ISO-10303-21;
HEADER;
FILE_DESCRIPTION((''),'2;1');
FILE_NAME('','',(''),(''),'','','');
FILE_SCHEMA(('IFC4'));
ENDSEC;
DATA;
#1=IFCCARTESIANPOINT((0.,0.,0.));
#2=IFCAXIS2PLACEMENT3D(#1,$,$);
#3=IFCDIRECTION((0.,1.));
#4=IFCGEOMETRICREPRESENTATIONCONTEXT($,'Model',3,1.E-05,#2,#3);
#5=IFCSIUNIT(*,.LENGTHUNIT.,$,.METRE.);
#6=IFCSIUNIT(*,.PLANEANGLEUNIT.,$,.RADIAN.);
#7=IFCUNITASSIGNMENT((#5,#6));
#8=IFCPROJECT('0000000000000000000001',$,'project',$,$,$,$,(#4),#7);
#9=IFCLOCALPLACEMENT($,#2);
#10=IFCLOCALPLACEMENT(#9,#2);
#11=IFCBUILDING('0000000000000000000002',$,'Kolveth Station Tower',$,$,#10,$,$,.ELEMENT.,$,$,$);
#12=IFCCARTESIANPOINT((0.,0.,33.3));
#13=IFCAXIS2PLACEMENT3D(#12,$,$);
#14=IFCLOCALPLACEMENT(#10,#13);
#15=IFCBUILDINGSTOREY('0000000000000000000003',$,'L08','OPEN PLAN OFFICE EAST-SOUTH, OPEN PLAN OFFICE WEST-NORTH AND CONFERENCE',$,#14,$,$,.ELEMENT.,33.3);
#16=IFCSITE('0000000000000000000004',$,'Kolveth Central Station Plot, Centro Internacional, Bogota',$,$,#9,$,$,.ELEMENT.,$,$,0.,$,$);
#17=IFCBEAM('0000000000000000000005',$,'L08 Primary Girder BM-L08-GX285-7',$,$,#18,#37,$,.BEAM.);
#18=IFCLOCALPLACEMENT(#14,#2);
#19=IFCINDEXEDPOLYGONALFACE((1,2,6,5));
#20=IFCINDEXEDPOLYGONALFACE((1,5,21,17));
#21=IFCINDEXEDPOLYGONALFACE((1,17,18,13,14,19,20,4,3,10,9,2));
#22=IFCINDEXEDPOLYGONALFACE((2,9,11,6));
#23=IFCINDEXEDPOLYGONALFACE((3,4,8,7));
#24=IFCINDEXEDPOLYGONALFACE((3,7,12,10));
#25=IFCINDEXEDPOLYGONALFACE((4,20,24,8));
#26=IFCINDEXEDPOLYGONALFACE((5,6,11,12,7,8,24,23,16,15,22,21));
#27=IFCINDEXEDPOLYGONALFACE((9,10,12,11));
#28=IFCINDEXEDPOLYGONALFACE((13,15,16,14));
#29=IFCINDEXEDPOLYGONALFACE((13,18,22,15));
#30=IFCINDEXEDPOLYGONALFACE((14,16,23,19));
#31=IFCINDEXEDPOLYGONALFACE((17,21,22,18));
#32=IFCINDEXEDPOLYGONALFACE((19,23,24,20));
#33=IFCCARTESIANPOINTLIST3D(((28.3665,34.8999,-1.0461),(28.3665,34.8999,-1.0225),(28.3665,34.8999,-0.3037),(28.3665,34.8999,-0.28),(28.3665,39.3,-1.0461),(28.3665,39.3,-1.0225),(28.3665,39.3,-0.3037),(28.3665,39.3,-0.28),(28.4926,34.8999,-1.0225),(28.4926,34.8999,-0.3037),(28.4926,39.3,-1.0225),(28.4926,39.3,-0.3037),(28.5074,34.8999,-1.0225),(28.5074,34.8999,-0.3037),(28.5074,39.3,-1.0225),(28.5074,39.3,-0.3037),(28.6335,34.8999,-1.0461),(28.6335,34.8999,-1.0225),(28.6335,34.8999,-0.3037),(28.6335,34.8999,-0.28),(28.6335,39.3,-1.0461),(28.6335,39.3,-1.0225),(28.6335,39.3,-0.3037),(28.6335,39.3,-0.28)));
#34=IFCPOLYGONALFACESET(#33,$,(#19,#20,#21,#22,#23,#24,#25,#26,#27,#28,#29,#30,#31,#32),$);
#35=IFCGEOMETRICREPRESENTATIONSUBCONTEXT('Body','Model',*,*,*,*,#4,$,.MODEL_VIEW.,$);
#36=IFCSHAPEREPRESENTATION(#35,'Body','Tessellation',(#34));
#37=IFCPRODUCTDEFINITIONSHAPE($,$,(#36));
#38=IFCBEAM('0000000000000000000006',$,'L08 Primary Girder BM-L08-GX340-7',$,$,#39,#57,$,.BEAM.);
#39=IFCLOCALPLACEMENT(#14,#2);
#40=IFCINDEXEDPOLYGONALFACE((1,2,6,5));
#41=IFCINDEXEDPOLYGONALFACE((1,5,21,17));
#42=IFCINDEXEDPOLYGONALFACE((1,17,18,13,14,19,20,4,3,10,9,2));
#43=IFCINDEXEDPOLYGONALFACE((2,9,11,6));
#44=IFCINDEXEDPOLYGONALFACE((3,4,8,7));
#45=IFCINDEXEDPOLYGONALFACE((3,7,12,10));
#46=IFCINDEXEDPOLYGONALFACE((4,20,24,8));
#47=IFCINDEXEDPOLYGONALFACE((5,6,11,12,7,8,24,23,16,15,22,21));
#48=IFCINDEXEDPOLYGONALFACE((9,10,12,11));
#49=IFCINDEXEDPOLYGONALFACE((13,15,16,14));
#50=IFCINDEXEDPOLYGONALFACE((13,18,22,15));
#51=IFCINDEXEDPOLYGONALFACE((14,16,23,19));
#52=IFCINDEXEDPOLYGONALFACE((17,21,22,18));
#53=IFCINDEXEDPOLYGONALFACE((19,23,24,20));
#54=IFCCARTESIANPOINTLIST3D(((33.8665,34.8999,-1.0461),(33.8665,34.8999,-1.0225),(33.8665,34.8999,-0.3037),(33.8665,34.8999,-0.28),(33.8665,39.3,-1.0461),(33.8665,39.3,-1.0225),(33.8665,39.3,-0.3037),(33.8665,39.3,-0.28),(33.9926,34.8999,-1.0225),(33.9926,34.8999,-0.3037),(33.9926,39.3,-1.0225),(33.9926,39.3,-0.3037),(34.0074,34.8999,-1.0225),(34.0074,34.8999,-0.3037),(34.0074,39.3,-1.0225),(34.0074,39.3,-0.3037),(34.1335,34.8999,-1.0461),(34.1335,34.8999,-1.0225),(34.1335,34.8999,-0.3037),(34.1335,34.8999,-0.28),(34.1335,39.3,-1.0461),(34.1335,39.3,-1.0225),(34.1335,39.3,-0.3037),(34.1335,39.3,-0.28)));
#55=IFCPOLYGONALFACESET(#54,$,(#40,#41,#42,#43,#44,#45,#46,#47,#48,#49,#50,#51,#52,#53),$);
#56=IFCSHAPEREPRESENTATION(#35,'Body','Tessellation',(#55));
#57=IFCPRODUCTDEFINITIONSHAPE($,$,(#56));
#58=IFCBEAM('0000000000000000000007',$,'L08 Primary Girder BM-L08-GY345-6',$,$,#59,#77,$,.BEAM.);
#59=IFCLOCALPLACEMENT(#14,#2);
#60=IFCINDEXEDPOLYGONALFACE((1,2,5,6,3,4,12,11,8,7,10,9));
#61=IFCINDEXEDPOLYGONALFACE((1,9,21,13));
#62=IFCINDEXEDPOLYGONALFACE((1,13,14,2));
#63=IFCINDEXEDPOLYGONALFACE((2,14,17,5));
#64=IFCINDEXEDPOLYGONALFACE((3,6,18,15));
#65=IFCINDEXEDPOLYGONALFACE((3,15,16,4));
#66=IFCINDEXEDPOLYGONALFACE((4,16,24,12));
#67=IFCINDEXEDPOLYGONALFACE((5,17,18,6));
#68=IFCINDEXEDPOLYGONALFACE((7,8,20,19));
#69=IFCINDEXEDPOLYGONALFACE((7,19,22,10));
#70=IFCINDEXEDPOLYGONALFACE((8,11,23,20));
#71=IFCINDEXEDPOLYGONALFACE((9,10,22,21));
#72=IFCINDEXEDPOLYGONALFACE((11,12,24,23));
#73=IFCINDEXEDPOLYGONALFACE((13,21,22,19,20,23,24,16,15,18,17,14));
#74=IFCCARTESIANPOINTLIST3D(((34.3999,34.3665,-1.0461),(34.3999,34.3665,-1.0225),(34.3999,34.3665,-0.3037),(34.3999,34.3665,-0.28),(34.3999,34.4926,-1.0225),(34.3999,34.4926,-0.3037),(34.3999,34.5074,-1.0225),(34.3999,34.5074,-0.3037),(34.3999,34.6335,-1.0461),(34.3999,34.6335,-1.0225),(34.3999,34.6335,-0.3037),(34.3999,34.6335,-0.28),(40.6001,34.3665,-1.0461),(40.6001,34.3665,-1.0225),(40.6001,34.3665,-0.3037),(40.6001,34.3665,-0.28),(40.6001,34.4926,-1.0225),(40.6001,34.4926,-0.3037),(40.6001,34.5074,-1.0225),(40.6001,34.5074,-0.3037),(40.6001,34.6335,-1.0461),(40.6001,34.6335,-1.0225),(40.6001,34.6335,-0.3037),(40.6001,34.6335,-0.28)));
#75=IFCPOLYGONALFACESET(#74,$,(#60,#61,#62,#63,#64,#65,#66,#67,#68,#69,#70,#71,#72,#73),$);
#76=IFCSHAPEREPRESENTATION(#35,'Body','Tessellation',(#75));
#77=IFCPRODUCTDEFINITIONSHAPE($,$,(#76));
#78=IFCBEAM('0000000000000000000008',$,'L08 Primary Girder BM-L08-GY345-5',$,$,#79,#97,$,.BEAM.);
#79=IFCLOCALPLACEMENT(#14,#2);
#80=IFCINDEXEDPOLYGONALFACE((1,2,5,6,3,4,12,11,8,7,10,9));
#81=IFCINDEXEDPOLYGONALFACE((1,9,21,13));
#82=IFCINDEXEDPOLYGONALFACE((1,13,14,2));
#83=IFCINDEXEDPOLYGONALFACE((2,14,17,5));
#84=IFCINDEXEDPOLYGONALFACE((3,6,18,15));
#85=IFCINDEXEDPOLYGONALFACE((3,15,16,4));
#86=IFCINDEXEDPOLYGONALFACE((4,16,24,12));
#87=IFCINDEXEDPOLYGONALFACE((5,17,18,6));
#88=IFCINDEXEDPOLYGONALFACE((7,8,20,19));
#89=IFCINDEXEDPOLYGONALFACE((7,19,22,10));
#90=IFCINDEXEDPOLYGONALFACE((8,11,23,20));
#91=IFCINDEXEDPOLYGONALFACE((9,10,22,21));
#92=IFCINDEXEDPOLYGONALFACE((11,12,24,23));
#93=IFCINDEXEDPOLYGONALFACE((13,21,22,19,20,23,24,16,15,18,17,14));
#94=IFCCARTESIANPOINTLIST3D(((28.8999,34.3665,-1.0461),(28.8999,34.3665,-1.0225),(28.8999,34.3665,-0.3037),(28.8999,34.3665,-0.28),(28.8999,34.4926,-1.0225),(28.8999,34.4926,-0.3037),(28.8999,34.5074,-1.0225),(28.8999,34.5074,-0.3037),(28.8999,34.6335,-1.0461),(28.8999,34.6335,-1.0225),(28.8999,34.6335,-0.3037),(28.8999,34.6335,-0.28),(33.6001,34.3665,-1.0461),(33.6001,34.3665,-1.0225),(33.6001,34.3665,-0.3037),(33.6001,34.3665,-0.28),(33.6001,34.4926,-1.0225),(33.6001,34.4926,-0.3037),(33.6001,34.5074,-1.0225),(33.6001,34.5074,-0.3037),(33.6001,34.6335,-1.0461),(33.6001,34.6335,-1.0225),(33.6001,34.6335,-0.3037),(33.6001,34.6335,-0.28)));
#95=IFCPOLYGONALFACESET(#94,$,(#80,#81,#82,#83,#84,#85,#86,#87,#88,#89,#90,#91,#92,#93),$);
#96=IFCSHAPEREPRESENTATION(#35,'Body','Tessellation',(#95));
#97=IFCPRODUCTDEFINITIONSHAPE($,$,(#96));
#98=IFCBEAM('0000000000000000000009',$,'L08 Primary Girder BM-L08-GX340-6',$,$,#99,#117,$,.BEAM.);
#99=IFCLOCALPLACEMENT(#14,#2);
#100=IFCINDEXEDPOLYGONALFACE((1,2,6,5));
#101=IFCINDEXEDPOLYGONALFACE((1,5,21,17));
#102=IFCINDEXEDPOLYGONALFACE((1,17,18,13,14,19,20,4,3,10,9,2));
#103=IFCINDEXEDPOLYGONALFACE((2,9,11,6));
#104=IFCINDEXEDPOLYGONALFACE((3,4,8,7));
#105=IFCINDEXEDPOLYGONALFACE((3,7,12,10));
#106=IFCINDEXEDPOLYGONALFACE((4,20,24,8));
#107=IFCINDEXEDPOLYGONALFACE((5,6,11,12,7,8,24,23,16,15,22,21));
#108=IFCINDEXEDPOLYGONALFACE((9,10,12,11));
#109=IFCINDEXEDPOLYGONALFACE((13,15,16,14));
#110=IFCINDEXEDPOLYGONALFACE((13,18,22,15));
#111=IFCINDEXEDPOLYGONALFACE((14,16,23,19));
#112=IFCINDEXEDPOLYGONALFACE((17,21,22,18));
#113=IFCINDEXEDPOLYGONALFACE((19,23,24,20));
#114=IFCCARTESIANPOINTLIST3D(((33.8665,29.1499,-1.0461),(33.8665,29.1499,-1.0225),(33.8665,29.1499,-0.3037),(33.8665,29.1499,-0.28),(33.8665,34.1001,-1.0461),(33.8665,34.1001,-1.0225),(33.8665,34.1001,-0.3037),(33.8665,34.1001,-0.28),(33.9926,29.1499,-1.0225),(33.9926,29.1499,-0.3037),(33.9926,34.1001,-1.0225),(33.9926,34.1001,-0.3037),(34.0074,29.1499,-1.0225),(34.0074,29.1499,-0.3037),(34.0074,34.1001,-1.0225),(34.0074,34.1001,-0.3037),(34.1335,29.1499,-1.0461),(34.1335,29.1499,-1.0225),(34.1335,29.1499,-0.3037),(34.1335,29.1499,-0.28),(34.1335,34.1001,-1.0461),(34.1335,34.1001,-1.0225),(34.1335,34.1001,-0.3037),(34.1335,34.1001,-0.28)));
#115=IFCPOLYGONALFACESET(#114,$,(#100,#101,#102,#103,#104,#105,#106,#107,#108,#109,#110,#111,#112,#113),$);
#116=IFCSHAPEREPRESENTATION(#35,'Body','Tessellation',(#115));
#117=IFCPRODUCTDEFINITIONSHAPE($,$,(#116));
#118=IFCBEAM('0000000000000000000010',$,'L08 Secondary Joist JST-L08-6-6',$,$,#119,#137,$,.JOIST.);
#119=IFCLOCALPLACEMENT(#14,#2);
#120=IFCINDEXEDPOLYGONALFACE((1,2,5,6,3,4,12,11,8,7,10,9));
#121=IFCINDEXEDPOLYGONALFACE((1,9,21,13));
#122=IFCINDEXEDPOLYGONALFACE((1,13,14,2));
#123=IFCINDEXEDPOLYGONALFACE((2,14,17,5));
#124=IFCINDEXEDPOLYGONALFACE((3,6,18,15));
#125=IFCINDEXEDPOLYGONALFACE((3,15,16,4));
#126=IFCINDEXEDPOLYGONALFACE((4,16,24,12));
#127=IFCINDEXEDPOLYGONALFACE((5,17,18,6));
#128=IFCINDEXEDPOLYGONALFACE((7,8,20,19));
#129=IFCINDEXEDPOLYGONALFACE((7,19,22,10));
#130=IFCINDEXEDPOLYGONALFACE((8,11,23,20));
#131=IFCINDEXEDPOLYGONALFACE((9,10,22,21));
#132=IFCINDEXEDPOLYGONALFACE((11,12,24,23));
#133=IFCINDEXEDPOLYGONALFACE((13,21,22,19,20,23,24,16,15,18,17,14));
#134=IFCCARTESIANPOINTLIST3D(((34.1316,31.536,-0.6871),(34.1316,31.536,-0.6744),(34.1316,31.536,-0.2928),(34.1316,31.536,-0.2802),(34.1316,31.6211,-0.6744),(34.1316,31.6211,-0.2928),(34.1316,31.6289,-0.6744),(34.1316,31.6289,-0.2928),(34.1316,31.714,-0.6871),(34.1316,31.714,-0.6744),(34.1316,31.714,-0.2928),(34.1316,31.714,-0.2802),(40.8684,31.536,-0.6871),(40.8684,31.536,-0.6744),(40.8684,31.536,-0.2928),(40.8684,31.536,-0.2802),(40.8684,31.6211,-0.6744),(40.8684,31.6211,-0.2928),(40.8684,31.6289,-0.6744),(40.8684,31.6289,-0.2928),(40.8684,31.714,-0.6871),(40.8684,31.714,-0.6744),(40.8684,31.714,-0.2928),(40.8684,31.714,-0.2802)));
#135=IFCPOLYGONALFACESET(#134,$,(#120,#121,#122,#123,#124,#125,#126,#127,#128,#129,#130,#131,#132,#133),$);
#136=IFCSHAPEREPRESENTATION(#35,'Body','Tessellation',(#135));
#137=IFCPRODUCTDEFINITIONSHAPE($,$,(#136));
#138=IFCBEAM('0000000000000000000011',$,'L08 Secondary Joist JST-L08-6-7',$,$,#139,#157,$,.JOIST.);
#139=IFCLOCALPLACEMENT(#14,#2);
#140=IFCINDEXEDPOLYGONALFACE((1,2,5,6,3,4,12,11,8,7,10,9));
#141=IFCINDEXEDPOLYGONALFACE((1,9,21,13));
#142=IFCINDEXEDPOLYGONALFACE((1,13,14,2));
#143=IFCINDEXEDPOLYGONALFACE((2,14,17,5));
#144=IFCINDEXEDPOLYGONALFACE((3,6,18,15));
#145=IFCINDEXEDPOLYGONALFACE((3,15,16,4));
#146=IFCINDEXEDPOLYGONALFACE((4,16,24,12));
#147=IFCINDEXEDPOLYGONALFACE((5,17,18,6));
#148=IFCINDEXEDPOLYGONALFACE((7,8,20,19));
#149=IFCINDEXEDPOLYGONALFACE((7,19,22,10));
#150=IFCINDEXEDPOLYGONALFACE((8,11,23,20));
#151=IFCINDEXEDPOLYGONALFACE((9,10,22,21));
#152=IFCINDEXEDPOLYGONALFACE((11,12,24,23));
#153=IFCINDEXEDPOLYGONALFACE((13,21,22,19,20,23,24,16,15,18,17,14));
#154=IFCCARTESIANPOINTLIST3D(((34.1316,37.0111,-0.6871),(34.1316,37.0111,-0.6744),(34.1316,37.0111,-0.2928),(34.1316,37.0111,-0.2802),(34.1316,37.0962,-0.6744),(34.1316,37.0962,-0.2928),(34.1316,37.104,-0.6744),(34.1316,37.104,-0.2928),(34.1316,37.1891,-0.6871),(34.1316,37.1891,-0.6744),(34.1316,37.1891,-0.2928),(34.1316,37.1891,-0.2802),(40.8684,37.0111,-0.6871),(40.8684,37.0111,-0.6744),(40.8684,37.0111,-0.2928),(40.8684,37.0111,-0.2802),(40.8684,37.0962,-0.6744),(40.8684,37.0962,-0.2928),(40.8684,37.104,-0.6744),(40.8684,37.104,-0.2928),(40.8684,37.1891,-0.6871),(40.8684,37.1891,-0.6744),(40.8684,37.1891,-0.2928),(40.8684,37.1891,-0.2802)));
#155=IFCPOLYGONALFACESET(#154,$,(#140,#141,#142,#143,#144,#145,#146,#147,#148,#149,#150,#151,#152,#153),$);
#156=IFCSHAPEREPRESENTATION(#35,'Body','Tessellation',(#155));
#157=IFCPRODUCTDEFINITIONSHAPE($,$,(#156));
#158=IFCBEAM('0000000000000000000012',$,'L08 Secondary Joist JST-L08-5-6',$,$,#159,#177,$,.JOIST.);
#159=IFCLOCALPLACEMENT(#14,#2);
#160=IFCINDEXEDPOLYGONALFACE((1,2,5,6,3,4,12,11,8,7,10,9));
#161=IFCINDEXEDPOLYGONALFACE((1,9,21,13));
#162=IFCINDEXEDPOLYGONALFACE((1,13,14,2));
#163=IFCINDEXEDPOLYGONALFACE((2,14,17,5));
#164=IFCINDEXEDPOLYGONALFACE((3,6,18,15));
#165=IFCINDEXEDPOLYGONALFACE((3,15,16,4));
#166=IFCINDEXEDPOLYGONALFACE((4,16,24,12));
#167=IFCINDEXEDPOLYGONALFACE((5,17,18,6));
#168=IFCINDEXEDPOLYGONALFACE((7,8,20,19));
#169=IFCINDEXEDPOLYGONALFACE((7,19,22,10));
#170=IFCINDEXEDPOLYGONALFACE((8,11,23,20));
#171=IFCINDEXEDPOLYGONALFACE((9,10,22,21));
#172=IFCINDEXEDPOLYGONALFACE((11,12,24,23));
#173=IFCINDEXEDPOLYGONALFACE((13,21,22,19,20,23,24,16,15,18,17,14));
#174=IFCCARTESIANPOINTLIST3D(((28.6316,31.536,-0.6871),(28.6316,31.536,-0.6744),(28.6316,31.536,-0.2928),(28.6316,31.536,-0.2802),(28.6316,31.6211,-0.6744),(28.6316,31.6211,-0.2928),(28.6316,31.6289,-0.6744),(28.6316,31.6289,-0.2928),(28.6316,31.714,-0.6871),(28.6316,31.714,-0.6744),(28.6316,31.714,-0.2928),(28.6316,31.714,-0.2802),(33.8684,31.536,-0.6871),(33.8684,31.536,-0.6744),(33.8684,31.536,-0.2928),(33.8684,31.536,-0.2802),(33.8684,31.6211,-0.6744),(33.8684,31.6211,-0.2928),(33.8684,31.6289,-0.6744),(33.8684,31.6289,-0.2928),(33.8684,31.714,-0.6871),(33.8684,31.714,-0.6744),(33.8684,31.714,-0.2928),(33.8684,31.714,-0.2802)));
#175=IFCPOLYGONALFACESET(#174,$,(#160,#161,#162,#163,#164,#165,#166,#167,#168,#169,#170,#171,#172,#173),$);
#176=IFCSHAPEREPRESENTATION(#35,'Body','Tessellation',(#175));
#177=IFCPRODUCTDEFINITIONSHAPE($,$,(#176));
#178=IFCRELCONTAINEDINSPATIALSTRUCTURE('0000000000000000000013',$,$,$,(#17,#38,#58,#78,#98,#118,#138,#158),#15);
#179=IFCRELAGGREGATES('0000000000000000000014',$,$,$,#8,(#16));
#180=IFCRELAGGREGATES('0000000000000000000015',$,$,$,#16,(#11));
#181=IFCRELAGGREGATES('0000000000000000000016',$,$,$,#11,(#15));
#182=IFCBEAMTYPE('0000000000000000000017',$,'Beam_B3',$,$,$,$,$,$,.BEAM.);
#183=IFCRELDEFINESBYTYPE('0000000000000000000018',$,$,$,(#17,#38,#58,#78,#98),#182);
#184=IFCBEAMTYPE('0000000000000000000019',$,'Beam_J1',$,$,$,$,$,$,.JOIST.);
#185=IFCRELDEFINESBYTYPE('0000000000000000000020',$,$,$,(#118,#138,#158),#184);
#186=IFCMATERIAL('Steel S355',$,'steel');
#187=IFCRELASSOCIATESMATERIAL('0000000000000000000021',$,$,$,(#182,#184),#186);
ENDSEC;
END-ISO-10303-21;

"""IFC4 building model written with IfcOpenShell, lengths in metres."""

from ifc_helpers import new_model, si_unit, direction, frame, origin, origin_2d, place, context, subcontext, project, spatial, i_section, extrude, source, transform, mapped, material, material_profile, profile_set, type_object, element, save


model = new_model("IFC4")

# Units and contexts
model_context = context("Model", 3, precision=1e-05, world=origin(), true_north=direction((0.0, 1.0)))
body_context = subcontext(model_context, "Body", "Model", "MODEL_VIEW")
ifc_project = project(units=[si_unit("LENGTHUNIT", "METRE"), si_unit("PLANEANGLEUNIT", "RADIAN")], contexts=[model_context])

# Site, building, storey
site_placement = place(None, origin())
site = spatial("IfcSite", under=ifc_project, at=site_placement, Name="Kolveth Central Station Plot, Centro Internacional, Bogota", CompositionType="ELEMENT", RefElevation=0.0)
building_placement = place(site_placement, origin())
building = spatial("IfcBuilding", under=site, at=building_placement, Name="Kolveth Station Tower", CompositionType="ELEMENT")
storey_placement = place(building_placement, frame((0.0, 0.0, 33.3)))
storey = spatial("IfcBuildingStorey", under=building, at=storey_placement, Name="L08", Description="OPEN PLAN OFFICE EAST-SOUTH, OPEN PLAN OFFICE WEST-NORTH AND CONFERENCE", CompositionType="ELEMENT", Elevation=33.3)

# Shared definitions
ifc_material_1 = material(Name="Steel S355", Category="steel")

# Beams
ifc_material_profile_1 = material_profile(ifc_material_1, i_section(OverallWidth=0.2671, OverallDepth=0.7661, WebThickness=0.0149, FlangeThickness=0.0237, at=origin_2d()), Name="W760x185")
ifc_profile_set_1 = profile_set([ifc_material_profile_1], Name="Steel S355")
beam_type_1 = type_object("IfcBeamType", Name="Beam_B3", PredefinedType="BEAM", material=ifc_profile_set_1)
shared_shape_1 = source(origin(), body_context, "Body", "SweptSolid", [
    extrude(i_section(OverallWidth=0.2671, OverallDepth=0.7661, WebThickness=0.0149, FlangeThickness=0.0237, at=origin_2d()), origin(), (0.0, 0.0, 1.0), 4.4001),
])
for number, where, z_axis, x_axis, name in (
    (1, (28.5, 34.8999, -0.6631), (0.0, 1.0, 0.0), (-1.0, 0.0, 0.0), "L08 Primary Girder BM-L08-GX285-7"),
    (2, (34.0, 34.8999, -0.6631), (0.0, 1.0, 0.0), (-1.0, 0.0, 0.0), "L08 Primary Girder BM-L08-GX340-7"),
):
    element("IfcBeam", number, at=place(storey_placement, frame(where, z_axis=z_axis, x_axis=x_axis)), inside=storey, type_object=beam_type_1, Name=name, PredefinedType="BEAM", context=body_context, shape_type="MappedRepresentation", body=[
        mapped(shared_shape_1, transform((0.0, 0.0, 0.0), x_axis=(1.0, 0.0, 0.0), y_axis=(0.0, 1.0, 0.0), z_axis=(0.0, 0.0, 1.0), scale=1.0)),
    ])
shared_shape_2 = source(origin(), body_context, "Body", "SweptSolid", [
    extrude(i_section(OverallWidth=0.2671, OverallDepth=0.7661, WebThickness=0.0149, FlangeThickness=0.0237, at=origin_2d()), origin(), (0.0, 0.0, 1.0), 6.2002),
])
beam_1_placement = place(storey_placement, frame((34.3999, 34.5, -0.6631), z_axis=(1.0, 0.0, 0.0), x_axis=(0.0, 1.0, 0.0)))
element("IfcBeam", 3, at=beam_1_placement, inside=storey, type_object=beam_type_1, Name="L08 Primary Girder BM-L08-GY345-6", PredefinedType="BEAM", context=body_context, shape_type="MappedRepresentation", body=[
    mapped(shared_shape_2, transform((0.0, 0.0, 0.0), x_axis=(1.0, 0.0, 0.0), y_axis=(0.0, 1.0, 0.0), z_axis=(0.0, 0.0, 1.0), scale=1.0)),
])
shared_shape_3 = source(origin(), body_context, "Body", "SweptSolid", [
    extrude(i_section(OverallWidth=0.2671, OverallDepth=0.7661, WebThickness=0.0149, FlangeThickness=0.0237, at=origin_2d()), origin(), (0.0, 0.0, 1.0), 4.7002),
])
beam_2_placement = place(storey_placement, frame((28.8999, 34.5, -0.6631), z_axis=(1.0, 0.0, 0.0), x_axis=(0.0, 1.0, 0.0)))
element("IfcBeam", 4, at=beam_2_placement, inside=storey, type_object=beam_type_1, Name="L08 Primary Girder BM-L08-GY345-5", PredefinedType="BEAM", context=body_context, shape_type="MappedRepresentation", body=[
    mapped(shared_shape_3, transform((0.0, 0.0, 0.0), x_axis=(1.0, 0.0, 0.0), y_axis=(0.0, 1.0, 0.0), z_axis=(0.0, 0.0, 1.0), scale=1.0)),
])
shared_shape_4 = source(origin(), body_context, "Body", "SweptSolid", [
    extrude(i_section(OverallWidth=0.2671, OverallDepth=0.7661, WebThickness=0.0149, FlangeThickness=0.0237, at=origin_2d()), origin(), (0.0, 0.0, 1.0), 4.9502),
])
beam_3_placement = place(storey_placement, frame((34.0, 29.1499, -0.6631), z_axis=(0.0, 1.0, 0.0), x_axis=(-1.0, 0.0, 0.0)))
element("IfcBeam", 5, at=beam_3_placement, inside=storey, type_object=beam_type_1, Name="L08 Primary Girder BM-L08-GX340-6", PredefinedType="BEAM", context=body_context, shape_type="MappedRepresentation", body=[
    mapped(shared_shape_4, transform((0.0, 0.0, 0.0), x_axis=(1.0, 0.0, 0.0), y_axis=(0.0, 1.0, 0.0), z_axis=(0.0, 0.0, 1.0), scale=1.0)),
])
ifc_material_profile_2 = material_profile(ifc_material_1, i_section(OverallWidth=0.178, OverallDepth=0.407, WebThickness=0.0078, FlangeThickness=0.0127, at=origin_2d()), Name="W410x60")
ifc_profile_set_2 = profile_set([ifc_material_profile_2], Name="Steel S355")
beam_type_2 = type_object("IfcBeamType", Name="Beam_J1", PredefinedType="JOIST", material=ifc_profile_set_2)
shared_shape_5 = source(origin(), body_context, "Body", "SweptSolid", [
    extrude(i_section(OverallWidth=0.178, OverallDepth=0.407, WebThickness=0.0078, FlangeThickness=0.0127, at=origin_2d()), origin(), (0.0, 0.0, 1.0), 6.7368),
])
for number, where, z_axis, x_axis, name in (
    (6, (34.1316, 31.625, -0.4836), (1.0, 0.0, 0.0), (0.0, 1.0, 0.0), "L08 Secondary Joist JST-L08-6-6"),
    (7, (34.1316, 37.1001, -0.4836), (1.0, 0.0, 0.0), (0.0, 1.0, 0.0), "L08 Secondary Joist JST-L08-6-7"),
):
    element("IfcBeam", number, at=place(storey_placement, frame(where, z_axis=z_axis, x_axis=x_axis)), inside=storey, type_object=beam_type_2, Name=name, PredefinedType="JOIST", context=body_context, shape_type="MappedRepresentation", body=[
        mapped(shared_shape_5, transform((0.0, 0.0, 0.0), x_axis=(1.0, 0.0, 0.0), y_axis=(0.0, 1.0, 0.0), z_axis=(0.0, 0.0, 1.0), scale=1.0)),
    ])
shared_shape_6 = source(origin(), body_context, "Body", "SweptSolid", [
    extrude(i_section(OverallWidth=0.178, OverallDepth=0.407, WebThickness=0.0078, FlangeThickness=0.0127, at=origin_2d()), origin(), (0.0, 0.0, 1.0), 5.2368),
])
for number, where, z_axis, x_axis, name in (
    (8, (28.6316, 31.625, -0.4836), (1.0, 0.0, 0.0), (0.0, 1.0, 0.0), "L08 Secondary Joist JST-L08-5-6"),
):
    element("IfcBeam", number, at=place(storey_placement, frame(where, z_axis=z_axis, x_axis=x_axis)), inside=storey, type_object=beam_type_2, Name=name, PredefinedType="JOIST", context=body_context, shape_type="MappedRepresentation", body=[
        mapped(shared_shape_6, transform((0.0, 0.0, 0.0), x_axis=(1.0, 0.0, 0.0), y_axis=(0.0, 1.0, 0.0), z_axis=(0.0, 0.0, 1.0), scale=1.0)),
    ])

save(model, "model.ifc")
